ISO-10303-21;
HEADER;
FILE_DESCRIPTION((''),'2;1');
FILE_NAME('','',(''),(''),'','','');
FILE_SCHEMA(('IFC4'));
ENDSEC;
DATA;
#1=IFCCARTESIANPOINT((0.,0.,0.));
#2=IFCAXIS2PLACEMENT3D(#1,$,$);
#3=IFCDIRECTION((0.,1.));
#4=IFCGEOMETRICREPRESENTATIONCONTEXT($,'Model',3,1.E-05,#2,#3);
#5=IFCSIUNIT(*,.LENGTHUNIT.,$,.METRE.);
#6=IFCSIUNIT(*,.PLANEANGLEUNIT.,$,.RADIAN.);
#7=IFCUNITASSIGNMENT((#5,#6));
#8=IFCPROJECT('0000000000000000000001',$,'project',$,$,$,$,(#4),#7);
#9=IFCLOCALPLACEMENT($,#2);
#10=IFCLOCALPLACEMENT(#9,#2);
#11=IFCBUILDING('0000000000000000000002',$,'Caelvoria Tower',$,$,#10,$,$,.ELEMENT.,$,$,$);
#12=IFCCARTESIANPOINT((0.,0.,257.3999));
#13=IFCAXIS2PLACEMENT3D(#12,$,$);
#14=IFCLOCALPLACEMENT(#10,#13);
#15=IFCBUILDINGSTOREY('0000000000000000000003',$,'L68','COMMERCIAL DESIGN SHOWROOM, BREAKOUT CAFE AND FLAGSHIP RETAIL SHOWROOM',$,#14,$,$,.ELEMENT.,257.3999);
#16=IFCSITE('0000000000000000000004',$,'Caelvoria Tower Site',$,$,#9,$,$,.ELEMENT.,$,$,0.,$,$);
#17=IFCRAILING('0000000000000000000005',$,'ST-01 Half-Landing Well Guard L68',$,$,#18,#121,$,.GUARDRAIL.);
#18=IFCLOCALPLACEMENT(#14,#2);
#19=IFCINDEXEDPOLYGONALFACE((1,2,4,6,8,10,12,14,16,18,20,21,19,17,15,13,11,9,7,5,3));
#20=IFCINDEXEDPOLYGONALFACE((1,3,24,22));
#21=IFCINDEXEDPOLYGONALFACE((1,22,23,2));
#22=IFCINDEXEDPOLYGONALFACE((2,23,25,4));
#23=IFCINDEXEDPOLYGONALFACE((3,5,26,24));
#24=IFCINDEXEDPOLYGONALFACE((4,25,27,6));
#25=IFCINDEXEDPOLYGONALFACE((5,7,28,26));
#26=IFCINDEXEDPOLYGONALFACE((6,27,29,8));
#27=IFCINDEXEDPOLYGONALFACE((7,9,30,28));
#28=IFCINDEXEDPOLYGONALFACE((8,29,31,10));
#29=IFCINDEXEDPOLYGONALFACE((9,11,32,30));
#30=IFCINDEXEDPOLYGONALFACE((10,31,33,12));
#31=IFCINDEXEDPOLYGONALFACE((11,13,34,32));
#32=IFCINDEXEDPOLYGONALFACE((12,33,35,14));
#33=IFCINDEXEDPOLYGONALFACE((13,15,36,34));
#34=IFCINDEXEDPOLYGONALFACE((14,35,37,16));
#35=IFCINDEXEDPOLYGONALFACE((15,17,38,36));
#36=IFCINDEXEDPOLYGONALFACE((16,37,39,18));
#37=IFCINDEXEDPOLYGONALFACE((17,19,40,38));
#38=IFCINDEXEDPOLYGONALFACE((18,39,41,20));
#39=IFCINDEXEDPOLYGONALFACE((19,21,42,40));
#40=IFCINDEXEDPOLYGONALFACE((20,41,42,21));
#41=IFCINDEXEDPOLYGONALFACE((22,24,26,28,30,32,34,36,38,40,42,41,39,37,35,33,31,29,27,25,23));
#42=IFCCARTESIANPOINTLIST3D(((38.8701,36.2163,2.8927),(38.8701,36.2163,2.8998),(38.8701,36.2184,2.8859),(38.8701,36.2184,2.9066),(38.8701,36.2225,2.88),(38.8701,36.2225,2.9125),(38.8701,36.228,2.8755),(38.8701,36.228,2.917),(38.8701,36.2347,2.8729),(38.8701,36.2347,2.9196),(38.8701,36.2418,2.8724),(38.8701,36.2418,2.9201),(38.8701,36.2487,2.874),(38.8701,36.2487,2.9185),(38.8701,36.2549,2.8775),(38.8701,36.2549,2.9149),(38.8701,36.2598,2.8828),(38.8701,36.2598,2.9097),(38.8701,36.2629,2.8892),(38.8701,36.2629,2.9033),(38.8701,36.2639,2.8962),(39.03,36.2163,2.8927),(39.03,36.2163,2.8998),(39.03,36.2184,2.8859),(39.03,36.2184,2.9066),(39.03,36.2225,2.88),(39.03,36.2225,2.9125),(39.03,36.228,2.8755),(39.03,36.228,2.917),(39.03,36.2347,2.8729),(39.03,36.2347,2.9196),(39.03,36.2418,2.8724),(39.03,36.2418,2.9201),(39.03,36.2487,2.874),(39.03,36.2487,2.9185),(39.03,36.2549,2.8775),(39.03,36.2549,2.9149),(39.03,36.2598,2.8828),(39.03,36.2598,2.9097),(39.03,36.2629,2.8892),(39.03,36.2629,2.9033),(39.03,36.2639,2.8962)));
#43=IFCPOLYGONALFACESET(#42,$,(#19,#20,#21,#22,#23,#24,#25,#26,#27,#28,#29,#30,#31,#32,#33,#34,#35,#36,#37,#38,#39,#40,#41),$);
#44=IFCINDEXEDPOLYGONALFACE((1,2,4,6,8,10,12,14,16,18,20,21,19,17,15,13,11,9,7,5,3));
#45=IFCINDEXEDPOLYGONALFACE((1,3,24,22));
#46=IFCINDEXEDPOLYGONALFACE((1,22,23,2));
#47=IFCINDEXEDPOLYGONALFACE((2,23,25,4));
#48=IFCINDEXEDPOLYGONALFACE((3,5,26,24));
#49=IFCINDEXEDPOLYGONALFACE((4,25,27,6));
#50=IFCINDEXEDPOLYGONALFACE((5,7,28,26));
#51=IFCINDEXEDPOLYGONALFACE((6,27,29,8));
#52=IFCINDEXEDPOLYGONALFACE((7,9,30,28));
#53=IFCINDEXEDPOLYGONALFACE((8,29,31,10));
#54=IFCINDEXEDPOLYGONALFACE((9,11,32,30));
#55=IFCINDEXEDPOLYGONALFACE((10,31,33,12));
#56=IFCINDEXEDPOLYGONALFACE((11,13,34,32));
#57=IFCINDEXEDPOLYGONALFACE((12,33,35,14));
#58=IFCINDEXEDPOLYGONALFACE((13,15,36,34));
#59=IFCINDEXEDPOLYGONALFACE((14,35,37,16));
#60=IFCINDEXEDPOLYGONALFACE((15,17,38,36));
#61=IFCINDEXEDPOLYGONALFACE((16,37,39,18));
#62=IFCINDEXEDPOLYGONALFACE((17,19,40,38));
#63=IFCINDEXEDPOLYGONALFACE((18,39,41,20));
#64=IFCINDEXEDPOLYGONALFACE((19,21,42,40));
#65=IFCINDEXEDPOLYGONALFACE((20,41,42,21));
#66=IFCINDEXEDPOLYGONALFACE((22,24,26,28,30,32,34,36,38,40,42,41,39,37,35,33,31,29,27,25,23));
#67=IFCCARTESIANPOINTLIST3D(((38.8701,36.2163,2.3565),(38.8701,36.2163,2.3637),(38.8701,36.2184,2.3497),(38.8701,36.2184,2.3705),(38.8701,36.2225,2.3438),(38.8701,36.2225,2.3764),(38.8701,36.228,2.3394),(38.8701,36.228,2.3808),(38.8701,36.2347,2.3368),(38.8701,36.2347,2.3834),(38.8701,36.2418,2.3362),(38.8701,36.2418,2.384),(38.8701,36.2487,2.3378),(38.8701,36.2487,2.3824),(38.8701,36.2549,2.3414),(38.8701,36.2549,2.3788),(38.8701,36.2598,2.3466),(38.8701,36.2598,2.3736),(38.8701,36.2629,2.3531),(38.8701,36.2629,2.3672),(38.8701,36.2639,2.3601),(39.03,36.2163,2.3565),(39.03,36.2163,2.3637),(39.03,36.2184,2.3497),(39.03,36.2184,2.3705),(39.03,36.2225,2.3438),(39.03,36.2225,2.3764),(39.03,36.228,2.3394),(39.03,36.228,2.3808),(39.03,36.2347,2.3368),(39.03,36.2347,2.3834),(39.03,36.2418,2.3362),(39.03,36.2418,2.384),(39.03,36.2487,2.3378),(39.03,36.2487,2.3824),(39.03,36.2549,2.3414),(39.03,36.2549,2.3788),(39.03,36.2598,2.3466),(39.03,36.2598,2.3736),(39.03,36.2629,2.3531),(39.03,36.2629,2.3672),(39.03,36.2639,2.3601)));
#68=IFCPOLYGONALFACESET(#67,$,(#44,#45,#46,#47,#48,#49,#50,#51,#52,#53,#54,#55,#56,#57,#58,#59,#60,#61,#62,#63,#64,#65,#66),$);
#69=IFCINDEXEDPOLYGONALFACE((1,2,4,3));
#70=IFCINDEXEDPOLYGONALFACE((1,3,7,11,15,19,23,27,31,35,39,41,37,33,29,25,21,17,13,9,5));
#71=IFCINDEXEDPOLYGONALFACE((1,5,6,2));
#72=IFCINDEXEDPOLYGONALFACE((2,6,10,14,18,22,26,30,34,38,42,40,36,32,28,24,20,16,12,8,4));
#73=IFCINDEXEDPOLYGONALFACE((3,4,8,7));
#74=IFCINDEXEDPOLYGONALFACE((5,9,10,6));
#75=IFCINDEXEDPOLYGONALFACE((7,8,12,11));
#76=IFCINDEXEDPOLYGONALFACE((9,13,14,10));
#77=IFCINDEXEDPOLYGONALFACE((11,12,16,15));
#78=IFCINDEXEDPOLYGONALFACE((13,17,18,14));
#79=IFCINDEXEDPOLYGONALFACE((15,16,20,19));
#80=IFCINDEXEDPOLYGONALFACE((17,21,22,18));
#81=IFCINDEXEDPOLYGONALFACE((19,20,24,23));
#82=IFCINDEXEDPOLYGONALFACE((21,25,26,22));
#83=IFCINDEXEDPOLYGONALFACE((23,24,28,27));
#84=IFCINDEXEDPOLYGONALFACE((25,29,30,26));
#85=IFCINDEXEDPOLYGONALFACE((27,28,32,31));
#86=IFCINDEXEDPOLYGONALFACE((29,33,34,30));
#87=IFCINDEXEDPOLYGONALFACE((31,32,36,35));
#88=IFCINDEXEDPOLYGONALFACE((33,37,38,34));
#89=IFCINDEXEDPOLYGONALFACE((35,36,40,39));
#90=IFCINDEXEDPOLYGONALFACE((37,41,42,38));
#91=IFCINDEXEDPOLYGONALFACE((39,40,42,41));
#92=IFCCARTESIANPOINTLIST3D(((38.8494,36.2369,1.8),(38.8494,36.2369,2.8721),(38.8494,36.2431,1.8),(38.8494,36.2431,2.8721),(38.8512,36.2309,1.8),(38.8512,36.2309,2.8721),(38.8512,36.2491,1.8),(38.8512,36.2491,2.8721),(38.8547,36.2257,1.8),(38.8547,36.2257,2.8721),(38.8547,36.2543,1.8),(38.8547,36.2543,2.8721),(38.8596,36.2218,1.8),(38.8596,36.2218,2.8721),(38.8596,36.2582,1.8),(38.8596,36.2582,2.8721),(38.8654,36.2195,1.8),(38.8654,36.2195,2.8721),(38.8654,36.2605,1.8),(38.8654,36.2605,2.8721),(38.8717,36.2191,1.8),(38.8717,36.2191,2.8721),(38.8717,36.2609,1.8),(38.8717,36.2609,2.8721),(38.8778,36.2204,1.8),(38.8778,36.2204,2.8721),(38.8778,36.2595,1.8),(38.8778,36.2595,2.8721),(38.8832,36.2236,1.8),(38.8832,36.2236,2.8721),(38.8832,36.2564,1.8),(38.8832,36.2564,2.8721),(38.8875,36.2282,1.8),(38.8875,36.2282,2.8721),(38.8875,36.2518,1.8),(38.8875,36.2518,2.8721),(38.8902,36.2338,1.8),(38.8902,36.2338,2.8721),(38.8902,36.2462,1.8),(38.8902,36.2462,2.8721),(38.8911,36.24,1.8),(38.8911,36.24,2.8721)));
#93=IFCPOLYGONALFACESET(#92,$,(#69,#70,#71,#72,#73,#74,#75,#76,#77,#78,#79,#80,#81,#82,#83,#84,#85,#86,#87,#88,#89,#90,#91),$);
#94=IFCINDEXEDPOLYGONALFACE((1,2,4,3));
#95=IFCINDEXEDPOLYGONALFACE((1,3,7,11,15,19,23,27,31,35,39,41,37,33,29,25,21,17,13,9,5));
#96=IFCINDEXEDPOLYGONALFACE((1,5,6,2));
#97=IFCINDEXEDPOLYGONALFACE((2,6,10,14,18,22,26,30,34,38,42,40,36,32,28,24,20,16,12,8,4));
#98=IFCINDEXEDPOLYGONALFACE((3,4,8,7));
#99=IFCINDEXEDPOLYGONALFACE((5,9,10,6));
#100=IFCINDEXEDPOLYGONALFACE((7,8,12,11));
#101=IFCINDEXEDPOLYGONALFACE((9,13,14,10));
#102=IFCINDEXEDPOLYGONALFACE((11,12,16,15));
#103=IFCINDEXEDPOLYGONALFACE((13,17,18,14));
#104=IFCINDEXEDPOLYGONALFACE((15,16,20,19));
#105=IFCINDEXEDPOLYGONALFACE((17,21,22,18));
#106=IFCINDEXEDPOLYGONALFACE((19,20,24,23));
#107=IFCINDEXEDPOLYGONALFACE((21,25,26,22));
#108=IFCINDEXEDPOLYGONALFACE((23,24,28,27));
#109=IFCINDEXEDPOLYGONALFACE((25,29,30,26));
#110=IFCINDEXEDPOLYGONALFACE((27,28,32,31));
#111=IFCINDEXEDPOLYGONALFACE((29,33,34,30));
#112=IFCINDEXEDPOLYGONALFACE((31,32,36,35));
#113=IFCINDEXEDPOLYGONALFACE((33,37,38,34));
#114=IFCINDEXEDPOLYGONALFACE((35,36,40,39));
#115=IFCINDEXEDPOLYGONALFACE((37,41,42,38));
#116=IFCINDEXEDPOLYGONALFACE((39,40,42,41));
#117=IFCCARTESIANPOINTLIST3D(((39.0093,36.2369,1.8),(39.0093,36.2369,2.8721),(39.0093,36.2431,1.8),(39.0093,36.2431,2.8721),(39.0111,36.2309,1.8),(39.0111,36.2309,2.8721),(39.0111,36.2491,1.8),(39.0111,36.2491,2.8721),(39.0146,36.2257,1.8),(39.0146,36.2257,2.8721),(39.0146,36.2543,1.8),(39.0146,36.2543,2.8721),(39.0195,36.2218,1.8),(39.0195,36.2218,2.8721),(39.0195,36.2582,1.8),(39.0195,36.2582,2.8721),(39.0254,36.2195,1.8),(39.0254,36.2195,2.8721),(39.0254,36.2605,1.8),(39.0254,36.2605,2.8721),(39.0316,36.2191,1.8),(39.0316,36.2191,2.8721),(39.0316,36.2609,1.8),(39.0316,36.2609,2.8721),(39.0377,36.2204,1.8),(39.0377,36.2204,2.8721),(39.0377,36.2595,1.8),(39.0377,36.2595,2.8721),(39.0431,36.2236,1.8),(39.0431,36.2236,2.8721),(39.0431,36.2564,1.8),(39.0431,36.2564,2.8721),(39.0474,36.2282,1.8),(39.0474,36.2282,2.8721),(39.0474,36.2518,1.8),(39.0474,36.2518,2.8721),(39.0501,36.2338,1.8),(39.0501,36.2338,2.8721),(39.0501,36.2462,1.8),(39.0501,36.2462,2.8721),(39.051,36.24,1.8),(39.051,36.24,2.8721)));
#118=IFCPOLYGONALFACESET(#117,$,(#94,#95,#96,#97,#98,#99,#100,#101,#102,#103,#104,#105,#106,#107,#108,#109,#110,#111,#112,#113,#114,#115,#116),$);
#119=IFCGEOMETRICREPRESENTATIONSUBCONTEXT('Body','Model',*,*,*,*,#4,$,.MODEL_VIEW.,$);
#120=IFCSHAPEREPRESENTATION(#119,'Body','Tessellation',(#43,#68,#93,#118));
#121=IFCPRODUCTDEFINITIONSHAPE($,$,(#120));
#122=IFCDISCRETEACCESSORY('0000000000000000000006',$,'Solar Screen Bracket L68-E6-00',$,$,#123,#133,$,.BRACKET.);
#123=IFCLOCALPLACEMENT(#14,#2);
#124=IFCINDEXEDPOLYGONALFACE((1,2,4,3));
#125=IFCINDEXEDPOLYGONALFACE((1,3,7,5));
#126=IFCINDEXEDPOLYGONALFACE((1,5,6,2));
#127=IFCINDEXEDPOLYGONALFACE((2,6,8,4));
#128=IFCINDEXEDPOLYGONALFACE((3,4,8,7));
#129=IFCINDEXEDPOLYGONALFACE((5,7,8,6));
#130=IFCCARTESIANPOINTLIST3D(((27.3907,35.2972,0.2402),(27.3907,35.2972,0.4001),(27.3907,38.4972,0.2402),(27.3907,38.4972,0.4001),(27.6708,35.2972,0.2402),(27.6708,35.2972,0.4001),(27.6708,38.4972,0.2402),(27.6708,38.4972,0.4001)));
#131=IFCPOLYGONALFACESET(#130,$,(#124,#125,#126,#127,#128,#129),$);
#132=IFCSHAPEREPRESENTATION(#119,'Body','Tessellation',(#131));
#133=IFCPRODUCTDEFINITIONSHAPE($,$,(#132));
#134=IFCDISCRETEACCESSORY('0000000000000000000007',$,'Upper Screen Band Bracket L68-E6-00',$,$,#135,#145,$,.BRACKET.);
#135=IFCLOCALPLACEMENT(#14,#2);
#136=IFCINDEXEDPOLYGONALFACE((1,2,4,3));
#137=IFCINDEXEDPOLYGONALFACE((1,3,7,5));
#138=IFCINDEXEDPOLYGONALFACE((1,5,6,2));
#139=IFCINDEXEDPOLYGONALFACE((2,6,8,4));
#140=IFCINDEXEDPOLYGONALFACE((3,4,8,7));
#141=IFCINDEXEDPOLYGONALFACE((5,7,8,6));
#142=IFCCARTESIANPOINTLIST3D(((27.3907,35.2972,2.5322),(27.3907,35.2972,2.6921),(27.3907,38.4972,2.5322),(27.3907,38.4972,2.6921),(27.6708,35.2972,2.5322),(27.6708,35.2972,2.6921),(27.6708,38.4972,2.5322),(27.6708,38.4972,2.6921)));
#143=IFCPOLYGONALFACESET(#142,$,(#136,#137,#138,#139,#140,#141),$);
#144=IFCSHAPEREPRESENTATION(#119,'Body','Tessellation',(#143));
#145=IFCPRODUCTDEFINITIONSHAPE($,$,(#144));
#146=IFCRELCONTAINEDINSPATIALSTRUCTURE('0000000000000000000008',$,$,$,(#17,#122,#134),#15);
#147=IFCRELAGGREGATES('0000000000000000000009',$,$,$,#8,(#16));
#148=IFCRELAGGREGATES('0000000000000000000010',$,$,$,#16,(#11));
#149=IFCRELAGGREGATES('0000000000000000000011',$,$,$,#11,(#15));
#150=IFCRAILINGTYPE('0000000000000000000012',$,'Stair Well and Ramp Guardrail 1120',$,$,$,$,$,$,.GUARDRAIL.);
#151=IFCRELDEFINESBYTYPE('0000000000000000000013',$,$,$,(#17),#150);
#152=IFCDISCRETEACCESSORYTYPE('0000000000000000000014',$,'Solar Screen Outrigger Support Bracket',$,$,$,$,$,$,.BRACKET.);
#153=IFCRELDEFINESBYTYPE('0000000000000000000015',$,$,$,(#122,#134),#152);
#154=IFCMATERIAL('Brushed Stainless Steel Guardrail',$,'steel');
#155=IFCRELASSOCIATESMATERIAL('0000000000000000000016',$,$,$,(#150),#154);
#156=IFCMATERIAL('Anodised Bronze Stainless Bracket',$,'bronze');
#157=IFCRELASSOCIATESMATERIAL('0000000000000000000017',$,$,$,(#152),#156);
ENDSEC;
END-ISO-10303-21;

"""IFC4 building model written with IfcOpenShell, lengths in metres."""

from ifc_helpers import new_model, si_unit, direction, frame, origin, origin_2d, place, context, subcontext, project, spatial, rectangle, circle, extrude, material, type_object, element, save


model = new_model("IFC4")

# Units and contexts
model_context = context("Model", 3, precision=1e-05, world=origin(), true_north=direction((0.0, 1.0)))
body_context = subcontext(model_context, "Body", "Model", "MODEL_VIEW")
ifc_project = project(units=[si_unit("LENGTHUNIT", "METRE"), si_unit("PLANEANGLEUNIT", "RADIAN")], contexts=[model_context])

# Site, building, storey
site_placement = place(None, origin())
site = spatial("IfcSite", under=ifc_project, at=site_placement, Name="Caelvoria Tower Site", CompositionType="ELEMENT", RefElevation=0.0)
building_placement = place(site_placement, origin())
building = spatial("IfcBuilding", under=site, at=building_placement, Name="Caelvoria Tower", CompositionType="ELEMENT")
storey_placement = place(building_placement, frame((0.0, 0.0, 257.3999)))
storey = spatial("IfcBuildingStorey", under=building, at=storey_placement, Name="L68", Description="COMMERCIAL DESIGN SHOWROOM, BREAKOUT CAFE AND FLAGSHIP RETAIL SHOWROOM", CompositionType="ELEMENT", Elevation=257.3999)

# Railing
ifc_material_1 = material(Name="Brushed Stainless Steel Guardrail", Category="steel")
railing_type_1 = type_object("IfcRailingType", Name="Stair Well and Ramp Guardrail 1120", PredefinedType="GUARDRAIL", material=ifc_material_1)
railing_1_placement = place(storey_placement, frame((38.8701, 36.24, 1.8)))
element("IfcRailing", 1, at=railing_1_placement, inside=storey, type_object=railing_type_1, Name="ST-01 Half-Landing Well Guard L68", PredefinedType="GUARDRAIL", context=body_context, shape_type="SweptSolid", body=[
    extrude(circle(Radius=0.0239, at=origin_2d()), frame((0.0, 0.0, 1.0962), z_axis=(1.0, 0.0, 0.0), x_axis=(0.0, 1.0, 0.0)), (0.0, 0.0, 1.0), 0.1599),
    extrude(circle(Radius=0.0239, at=origin_2d()), frame((0.0, 0.0, 0.5601), z_axis=(1.0, 0.0, 0.0), x_axis=(0.0, 1.0, 0.0)), (0.0, 0.0, 1.0), 0.1599),
    extrude(circle(Radius=0.021, at=origin_2d()), origin(), (0.0, 0.0, 1.0), 1.072),
    extrude(circle(Radius=0.021, at=origin_2d()), frame((0.1599, 0.0, 0.0)), (0.0, 0.0, 1.0), 1.072),
])

# Discrete accessories
ifc_material_2 = material(Name="Anodised Bronze Stainless Bracket", Category="bronze")
discrete_accessory_type = type_object("IfcDiscreteAccessoryType", Name="Solar Screen Outrigger Support Bracket", PredefinedType="BRACKET", material=ifc_material_2)
for number, where, z_axis, x_axis, name in (
    (2, (27.5308, 36.8972, 0.2402), (0.0, 0.0, 1.0), (0.0, -1.0, 0.0), "Solar Screen Bracket L68-E6-00"),
    (3, (27.5308, 36.8972, 2.5322), (0.0, 0.0, 1.0), (0.0, -1.0, 0.0), "Upper Screen Band Bracket L68-E6-00"),
):
    element("IfcDiscreteAccessory", number, at=place(storey_placement, frame(where, z_axis=z_axis, x_axis=x_axis)), inside=storey, type_object=discrete_accessory_type, Name=name, PredefinedType="BRACKET", context=body_context, shape_type="SweptSolid", body=[
        extrude(rectangle(XDim=3.2, YDim=0.28, at=origin_2d()), origin(), (0.0, 0.0, 1.0), 0.1599),
    ])

save(model, "model.ifc")
